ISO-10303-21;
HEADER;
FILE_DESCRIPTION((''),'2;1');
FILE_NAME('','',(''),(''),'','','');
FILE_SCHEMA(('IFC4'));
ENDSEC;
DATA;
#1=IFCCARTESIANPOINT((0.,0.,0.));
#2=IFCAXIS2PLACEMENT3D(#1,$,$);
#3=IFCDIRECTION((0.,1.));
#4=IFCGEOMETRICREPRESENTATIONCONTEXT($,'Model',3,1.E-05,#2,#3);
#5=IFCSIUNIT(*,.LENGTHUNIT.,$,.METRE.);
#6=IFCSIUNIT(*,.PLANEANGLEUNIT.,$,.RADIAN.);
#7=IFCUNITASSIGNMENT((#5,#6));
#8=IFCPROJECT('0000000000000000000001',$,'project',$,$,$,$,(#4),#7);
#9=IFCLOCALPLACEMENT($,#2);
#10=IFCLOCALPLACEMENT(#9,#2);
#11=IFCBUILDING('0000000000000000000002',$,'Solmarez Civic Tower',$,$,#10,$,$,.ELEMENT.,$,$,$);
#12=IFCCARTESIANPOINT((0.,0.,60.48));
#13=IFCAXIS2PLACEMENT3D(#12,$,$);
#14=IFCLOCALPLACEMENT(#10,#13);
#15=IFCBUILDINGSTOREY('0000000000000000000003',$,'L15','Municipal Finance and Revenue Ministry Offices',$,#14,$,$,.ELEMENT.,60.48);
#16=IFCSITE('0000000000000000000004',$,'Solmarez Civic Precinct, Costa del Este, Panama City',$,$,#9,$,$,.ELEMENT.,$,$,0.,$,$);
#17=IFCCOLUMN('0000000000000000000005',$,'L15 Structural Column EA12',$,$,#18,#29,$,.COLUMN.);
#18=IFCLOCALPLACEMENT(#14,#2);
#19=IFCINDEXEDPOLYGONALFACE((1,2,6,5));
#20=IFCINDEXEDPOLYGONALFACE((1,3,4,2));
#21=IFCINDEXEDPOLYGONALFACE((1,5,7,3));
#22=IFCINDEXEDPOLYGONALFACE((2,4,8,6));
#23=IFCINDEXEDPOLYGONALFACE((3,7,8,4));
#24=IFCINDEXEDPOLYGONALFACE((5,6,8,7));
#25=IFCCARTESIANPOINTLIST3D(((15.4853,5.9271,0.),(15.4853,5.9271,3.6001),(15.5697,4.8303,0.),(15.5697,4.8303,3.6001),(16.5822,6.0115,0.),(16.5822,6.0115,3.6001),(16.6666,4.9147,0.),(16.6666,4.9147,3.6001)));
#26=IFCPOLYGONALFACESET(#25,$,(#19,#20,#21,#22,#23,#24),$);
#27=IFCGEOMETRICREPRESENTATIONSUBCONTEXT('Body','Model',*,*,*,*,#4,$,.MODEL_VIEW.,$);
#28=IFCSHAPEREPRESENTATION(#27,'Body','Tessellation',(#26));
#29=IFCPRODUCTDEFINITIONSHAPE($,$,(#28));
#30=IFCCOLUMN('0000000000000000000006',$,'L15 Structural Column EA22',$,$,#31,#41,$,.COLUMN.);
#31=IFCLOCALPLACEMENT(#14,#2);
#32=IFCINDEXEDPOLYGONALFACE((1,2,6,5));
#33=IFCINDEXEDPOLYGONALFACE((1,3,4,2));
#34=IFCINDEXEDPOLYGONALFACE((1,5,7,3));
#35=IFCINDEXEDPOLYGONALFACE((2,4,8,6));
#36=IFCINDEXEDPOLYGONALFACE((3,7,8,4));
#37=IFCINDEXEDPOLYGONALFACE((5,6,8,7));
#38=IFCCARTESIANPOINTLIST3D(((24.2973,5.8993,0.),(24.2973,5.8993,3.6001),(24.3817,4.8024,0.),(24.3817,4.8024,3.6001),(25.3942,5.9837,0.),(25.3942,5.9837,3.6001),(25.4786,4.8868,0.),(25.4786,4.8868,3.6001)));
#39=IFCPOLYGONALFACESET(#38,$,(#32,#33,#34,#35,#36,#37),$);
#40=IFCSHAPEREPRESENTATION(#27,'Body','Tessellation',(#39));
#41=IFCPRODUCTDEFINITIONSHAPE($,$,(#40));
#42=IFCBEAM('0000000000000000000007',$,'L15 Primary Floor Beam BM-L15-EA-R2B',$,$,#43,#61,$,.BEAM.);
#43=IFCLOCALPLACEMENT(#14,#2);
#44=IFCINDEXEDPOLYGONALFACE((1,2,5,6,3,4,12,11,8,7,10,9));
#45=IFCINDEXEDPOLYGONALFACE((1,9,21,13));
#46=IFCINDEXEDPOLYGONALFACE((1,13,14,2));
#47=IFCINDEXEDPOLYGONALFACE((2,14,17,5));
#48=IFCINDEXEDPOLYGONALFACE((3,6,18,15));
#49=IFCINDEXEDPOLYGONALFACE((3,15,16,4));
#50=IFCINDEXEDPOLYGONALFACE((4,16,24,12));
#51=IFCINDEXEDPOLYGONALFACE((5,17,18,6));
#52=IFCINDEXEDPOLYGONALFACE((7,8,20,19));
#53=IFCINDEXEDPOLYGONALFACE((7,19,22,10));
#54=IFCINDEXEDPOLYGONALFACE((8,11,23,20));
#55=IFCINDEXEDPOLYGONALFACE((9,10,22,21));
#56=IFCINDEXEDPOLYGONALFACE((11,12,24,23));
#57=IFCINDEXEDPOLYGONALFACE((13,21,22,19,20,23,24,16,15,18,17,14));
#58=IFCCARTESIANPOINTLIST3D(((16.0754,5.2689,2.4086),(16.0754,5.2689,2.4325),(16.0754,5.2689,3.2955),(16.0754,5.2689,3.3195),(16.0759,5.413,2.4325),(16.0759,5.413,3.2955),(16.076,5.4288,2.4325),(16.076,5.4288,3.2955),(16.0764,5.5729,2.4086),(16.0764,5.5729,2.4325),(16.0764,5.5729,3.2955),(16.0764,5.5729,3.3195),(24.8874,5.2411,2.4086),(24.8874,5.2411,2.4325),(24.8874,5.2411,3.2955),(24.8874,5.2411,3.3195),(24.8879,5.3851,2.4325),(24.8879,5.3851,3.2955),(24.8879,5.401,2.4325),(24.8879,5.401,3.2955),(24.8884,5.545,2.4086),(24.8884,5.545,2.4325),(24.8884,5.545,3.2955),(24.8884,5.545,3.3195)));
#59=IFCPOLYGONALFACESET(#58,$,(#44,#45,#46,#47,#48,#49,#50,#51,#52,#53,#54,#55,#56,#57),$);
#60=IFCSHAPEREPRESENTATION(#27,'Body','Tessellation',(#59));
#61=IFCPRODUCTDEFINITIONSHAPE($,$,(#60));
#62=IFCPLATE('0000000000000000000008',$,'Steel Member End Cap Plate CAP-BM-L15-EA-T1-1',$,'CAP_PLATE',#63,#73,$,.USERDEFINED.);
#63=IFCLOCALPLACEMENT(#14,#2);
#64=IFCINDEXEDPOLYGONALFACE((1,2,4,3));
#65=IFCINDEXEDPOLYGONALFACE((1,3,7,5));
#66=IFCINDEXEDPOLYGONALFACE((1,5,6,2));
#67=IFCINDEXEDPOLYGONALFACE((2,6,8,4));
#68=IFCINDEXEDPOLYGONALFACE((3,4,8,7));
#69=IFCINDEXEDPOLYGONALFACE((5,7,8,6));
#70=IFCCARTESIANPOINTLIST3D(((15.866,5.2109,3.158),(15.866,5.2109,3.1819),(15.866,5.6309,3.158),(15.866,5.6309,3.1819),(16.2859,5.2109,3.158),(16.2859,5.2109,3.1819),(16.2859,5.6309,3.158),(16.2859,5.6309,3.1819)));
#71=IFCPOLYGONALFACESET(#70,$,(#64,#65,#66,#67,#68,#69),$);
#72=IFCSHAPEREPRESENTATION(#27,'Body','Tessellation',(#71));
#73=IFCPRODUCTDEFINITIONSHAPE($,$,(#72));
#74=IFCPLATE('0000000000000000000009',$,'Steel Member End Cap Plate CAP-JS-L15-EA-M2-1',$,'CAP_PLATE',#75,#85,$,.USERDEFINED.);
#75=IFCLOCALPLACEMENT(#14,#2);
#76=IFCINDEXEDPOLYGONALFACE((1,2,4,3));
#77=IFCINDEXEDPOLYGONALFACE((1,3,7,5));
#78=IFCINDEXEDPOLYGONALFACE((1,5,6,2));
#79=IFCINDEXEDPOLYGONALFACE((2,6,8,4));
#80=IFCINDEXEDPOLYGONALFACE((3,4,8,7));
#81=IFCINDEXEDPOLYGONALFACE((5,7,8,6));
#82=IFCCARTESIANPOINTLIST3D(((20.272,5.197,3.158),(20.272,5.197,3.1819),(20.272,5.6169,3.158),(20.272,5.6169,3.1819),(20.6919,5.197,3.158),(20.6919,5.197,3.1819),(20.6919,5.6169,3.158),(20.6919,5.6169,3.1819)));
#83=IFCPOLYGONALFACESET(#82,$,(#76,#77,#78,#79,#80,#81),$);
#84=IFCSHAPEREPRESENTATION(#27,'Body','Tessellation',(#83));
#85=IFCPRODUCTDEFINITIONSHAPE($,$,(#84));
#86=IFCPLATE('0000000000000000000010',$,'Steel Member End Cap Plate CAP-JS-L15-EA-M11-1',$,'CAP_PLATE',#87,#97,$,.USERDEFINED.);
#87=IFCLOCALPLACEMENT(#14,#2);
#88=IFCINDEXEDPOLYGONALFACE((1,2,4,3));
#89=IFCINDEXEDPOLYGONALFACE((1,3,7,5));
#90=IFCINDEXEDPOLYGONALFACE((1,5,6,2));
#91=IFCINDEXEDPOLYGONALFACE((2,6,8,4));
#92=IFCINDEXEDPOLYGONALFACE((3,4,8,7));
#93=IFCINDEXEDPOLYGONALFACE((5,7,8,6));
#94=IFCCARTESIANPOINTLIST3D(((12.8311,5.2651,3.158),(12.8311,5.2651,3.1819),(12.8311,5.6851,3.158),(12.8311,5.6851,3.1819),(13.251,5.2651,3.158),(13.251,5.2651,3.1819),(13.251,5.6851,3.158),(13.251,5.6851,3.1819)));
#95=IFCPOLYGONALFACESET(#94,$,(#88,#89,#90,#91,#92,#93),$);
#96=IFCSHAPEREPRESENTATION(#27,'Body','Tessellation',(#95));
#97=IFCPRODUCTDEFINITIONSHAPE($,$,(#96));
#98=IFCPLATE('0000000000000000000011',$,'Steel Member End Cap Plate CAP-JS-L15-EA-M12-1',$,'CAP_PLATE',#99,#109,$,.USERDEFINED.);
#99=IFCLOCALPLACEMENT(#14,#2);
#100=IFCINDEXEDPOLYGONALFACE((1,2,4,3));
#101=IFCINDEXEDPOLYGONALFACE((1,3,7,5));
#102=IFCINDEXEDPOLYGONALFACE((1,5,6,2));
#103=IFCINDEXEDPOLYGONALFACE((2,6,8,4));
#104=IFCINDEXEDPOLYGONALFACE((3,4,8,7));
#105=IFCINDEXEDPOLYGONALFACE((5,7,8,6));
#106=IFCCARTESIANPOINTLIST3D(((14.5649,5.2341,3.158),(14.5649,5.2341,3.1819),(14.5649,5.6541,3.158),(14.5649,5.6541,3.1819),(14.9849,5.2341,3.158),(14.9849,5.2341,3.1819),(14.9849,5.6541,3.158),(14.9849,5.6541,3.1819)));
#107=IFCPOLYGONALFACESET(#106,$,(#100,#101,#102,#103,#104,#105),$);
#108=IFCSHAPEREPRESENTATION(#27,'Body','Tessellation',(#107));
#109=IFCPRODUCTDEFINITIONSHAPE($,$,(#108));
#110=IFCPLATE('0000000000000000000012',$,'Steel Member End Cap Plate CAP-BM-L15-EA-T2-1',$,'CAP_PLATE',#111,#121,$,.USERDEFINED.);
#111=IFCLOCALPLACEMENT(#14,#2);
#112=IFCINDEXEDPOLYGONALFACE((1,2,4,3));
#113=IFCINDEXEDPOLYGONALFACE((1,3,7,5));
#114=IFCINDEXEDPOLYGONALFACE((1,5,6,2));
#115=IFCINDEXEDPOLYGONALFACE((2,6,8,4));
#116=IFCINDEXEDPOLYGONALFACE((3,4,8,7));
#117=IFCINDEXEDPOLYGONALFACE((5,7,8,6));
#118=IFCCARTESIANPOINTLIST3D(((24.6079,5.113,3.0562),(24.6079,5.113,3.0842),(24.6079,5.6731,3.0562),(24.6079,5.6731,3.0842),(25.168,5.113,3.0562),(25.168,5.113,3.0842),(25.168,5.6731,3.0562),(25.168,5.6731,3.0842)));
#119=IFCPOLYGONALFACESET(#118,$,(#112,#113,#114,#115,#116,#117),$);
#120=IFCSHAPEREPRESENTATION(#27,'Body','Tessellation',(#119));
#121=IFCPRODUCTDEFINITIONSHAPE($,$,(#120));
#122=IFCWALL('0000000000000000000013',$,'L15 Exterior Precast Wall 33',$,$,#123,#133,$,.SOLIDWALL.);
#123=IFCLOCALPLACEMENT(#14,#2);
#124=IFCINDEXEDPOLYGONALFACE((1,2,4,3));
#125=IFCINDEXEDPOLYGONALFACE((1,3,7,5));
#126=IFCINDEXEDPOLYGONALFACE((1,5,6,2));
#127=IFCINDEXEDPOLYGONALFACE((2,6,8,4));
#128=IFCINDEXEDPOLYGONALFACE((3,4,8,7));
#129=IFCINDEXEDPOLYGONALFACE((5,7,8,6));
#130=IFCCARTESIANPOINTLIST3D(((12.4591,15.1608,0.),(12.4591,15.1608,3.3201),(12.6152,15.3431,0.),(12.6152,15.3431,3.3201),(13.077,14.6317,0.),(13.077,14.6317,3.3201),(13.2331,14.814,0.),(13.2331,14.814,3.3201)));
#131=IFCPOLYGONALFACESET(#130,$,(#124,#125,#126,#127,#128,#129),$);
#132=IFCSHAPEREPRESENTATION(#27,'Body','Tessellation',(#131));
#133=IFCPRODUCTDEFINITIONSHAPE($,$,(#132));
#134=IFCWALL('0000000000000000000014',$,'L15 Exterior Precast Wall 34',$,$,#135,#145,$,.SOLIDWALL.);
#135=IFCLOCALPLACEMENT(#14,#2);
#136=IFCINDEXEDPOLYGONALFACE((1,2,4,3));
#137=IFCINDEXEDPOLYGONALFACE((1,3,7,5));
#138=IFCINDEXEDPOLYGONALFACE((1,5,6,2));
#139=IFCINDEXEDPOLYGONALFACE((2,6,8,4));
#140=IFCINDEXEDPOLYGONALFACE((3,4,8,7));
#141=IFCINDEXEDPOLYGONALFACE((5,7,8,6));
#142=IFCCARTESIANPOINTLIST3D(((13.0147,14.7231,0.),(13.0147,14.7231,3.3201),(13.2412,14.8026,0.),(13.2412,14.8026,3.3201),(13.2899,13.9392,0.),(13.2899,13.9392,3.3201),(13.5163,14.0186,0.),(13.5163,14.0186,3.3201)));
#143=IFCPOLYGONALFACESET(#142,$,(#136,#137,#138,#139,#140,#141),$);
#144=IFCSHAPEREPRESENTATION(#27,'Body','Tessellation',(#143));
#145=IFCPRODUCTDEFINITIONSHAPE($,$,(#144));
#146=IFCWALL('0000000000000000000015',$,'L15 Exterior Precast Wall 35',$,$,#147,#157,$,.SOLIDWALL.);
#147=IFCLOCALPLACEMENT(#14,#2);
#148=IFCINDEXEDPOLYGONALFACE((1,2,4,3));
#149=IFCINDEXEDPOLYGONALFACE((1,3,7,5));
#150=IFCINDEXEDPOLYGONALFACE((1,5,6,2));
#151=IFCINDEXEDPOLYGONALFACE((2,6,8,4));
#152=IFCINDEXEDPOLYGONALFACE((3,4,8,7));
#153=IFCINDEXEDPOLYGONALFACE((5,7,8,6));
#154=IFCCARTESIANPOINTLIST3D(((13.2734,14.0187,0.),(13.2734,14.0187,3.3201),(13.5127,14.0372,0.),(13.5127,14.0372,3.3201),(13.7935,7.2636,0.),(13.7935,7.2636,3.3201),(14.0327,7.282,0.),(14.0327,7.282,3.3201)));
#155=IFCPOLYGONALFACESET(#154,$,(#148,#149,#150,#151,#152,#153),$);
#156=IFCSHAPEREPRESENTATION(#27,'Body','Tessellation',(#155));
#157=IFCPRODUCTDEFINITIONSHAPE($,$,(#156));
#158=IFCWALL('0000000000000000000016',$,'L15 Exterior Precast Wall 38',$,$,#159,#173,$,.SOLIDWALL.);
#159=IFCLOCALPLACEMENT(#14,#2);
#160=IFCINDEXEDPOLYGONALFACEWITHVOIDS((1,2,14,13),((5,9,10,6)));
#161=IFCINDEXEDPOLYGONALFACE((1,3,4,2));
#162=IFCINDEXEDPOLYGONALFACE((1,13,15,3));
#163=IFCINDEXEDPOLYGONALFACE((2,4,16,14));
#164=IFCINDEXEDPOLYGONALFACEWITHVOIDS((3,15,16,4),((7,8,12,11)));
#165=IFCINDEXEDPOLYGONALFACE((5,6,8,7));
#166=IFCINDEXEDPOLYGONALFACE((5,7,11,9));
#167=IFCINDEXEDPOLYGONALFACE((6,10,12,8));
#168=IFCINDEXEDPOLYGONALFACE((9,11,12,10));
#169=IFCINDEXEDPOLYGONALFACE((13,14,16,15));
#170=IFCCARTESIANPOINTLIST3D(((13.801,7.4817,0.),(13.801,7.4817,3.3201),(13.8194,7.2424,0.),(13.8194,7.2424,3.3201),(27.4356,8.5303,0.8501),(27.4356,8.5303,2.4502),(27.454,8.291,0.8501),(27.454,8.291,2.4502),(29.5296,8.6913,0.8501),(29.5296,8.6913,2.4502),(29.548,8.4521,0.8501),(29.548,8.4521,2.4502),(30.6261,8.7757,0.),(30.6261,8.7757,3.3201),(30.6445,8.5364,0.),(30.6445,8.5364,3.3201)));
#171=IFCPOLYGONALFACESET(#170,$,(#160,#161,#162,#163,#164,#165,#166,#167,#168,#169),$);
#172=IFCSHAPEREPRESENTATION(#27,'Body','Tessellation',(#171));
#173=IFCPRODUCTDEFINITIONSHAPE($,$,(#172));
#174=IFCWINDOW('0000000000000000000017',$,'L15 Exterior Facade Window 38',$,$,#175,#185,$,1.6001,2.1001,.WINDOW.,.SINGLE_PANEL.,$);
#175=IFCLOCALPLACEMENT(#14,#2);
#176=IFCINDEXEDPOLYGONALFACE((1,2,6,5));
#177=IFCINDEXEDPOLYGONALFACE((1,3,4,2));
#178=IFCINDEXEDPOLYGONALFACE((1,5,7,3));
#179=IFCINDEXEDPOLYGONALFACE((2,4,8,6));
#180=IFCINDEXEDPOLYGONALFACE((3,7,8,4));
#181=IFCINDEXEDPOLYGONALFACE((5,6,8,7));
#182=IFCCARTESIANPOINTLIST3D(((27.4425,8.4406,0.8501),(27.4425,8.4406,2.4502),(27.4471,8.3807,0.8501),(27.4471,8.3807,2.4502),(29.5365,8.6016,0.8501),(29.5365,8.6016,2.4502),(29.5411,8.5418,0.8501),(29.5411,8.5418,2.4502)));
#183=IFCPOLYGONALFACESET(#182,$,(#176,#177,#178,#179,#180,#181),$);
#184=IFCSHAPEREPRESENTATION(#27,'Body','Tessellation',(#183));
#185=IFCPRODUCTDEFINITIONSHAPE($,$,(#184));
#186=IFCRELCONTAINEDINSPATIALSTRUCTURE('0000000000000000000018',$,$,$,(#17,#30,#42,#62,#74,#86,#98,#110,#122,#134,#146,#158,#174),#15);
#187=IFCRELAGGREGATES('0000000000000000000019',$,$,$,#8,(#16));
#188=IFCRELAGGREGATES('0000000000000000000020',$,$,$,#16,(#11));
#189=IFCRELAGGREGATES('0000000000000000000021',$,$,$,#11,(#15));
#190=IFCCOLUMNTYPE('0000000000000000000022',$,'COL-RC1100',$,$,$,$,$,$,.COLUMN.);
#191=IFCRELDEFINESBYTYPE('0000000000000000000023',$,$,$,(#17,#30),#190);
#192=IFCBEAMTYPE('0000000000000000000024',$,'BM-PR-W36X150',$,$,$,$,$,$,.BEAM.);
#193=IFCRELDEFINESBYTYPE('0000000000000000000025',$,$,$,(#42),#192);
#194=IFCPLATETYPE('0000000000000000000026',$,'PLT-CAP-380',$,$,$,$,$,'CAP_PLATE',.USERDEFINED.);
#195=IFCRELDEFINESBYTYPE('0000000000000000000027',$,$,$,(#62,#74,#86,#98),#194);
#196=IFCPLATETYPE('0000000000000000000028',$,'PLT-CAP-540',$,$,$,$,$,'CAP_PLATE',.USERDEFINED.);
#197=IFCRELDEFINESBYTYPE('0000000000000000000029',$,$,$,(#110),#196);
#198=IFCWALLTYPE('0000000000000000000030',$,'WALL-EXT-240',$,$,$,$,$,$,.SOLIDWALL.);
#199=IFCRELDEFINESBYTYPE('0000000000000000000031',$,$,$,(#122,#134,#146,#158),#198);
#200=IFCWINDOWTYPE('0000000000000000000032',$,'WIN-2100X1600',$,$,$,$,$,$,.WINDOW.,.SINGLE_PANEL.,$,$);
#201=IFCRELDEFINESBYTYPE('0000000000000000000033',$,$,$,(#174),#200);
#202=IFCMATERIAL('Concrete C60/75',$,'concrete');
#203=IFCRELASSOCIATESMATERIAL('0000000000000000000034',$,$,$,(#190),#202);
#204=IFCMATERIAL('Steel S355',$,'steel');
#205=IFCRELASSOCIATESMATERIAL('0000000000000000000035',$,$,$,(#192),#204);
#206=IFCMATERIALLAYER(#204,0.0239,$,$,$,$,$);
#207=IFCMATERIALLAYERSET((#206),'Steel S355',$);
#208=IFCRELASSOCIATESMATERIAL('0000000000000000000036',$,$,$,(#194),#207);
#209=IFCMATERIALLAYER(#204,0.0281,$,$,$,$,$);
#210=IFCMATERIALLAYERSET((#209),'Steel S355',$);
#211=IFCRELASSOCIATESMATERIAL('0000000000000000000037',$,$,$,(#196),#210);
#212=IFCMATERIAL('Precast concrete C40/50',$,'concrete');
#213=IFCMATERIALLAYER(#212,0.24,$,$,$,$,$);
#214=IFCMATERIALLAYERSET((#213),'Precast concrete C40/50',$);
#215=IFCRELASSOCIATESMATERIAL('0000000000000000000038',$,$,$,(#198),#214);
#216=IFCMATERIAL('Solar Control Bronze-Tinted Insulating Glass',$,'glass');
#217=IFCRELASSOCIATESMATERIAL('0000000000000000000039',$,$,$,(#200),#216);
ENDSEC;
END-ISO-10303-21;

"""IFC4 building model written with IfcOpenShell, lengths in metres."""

from ifc_helpers import new_model, si_unit, direction, frame, frame_2d, origin, origin_2d, place, context, subcontext, project, spatial, rectangle, i_section, extrude, material, layer, layer_set, material_profile, profile_set, type_object, element, fill, save


model = new_model("IFC4")

# Units and contexts
model_context = context("Model", 3, precision=1e-05, world=origin(), true_north=direction((0.0, 1.0)))
body_context = subcontext(model_context, "Body", "Model", "MODEL_VIEW")
ifc_project = project(units=[si_unit("LENGTHUNIT", "METRE"), si_unit("PLANEANGLEUNIT", "RADIAN")], contexts=[model_context])

# Site, building, storey
site_placement = place(None, origin())
site = spatial("IfcSite", under=ifc_project, at=site_placement, Name="Solmarez Civic Precinct, Costa del Este, Panama City", CompositionType="ELEMENT", RefElevation=0.0)
building_placement = place(site_placement, origin())
building = spatial("IfcBuilding", under=site, at=building_placement, Name="Solmarez Civic Tower", CompositionType="ELEMENT")
storey_placement = place(building_placement, frame((0.0, 0.0, 60.48)))
storey = spatial("IfcBuildingStorey", under=building, at=storey_placement, Name="L15", Description="Municipal Finance and Revenue Ministry Offices", CompositionType="ELEMENT", Elevation=60.48)

# Columns
ifc_material_1 = material(Name="Concrete C60/75", Category="concrete")
ifc_material_profile_1 = material_profile(ifc_material_1, rectangle(XDim=1.1001, YDim=1.1001, at=origin_2d()), Name="RC1100X1100")
ifc_profile_set_1 = profile_set([ifc_material_profile_1], Name="Concrete C60/75")
column_type = type_object("IfcColumnType", Name="COL-RC1100", PredefinedType="COLUMN", material=ifc_profile_set_1)
for number, where, z_axis, x_axis, name in (
    (1, (16.0759, 5.4209, 0.0), (0.0, 0.0, 1.0), (0.997053, 0.076719, 0.0), "L15 Structural Column EA12"),
    (2, (24.8879, 5.3931, 0.0), (0.0, 0.0, 1.0), (0.997053, 0.076719, 0.0), "L15 Structural Column EA22"),
):
    element("IfcColumn", number, at=place(storey_placement, frame(where, z_axis=z_axis, x_axis=x_axis)), inside=storey, type_object=column_type, Name=name, PredefinedType="COLUMN", context=body_context, shape_type="SweptSolid", body=[
        extrude(rectangle(XDim=1.1001, YDim=1.1001, at=origin_2d()), origin(), (0.0, 0.0, 1.0), 3.6001),
    ])

# Beam
ifc_material_2 = material(Name="Steel S355", Category="steel")
ifc_material_profile_2 = material_profile(ifc_material_2, i_section(OverallWidth=0.304, OverallDepth=0.9109, WebThickness=0.0159, FlangeThickness=0.0239, at=origin_2d()), Name="W36X150")
ifc_profile_set_2 = profile_set([ifc_material_profile_2], Name="Steel S355")
beam_type = type_object("IfcBeamType", Name="BM-PR-W36X150", PredefinedType="BEAM", material=ifc_profile_set_2)
beam_placement = place(storey_placement, frame((16.0759, 5.4209, 2.864), z_axis=(0.999995, -0.003158, 0.0), x_axis=(0.003158, 0.999995, 0.0)))
element("IfcBeam", 3, at=beam_placement, inside=storey, type_object=beam_type, Name="L15 Primary Floor Beam BM-L15-EA-R2B", PredefinedType="BEAM", context=body_context, shape_type="SweptSolid", body=[
    extrude(i_section(OverallWidth=0.304, OverallDepth=0.9109, WebThickness=0.0159, FlangeThickness=0.0239, at=origin_2d()), origin(), (0.0, 0.0, 1.0), 8.812),
])

# Plates
ifc_layer_1 = layer(ifc_material_2, 0.0239)
ifc_layer_set_1 = layer_set([ifc_layer_1], Name="Steel S355")
plate_type_1 = type_object("IfcPlateType", Name="PLT-CAP-380", ElementType="CAP_PLATE", PredefinedType="USERDEFINED", material=ifc_layer_set_1)
for number, where, z_axis, x_axis, name in (
    (4, (16.0759, 5.4209, 3.158), (0.0, 0.0, 1.0), (1.0, 0.0, 0.0), "Steel Member End Cap Plate CAP-BM-L15-EA-T1-1"),
    (5, (20.4819, 5.407, 3.158), (0.0, 0.0, 1.0), (1.0, 0.0, 0.0), "Steel Member End Cap Plate CAP-JS-L15-EA-M2-1"),
    (6, (13.041, 5.4751, 3.158), (0.0, 0.0, 1.0), (1.0, 0.0, 0.0), "Steel Member End Cap Plate CAP-JS-L15-EA-M11-1"),
    (7, (14.7749, 5.4441, 3.158), (0.0, 0.0, 1.0), (1.0, 0.0, 0.0), "Steel Member End Cap Plate CAP-JS-L15-EA-M12-1"),
):
    element("IfcPlate", number, at=place(storey_placement, frame(where, z_axis=z_axis, x_axis=x_axis)), inside=storey, type_object=plate_type_1, Name=name, ObjectType="CAP_PLATE", PredefinedType="USERDEFINED", context=body_context, shape_type="SweptSolid", body=[
        extrude(rectangle(XDim=0.4199, YDim=0.4199, at=origin_2d()), origin(), (0.0, 0.0, 1.0), 0.0239),
    ])
ifc_layer_2 = layer(ifc_material_2, 0.0281)
ifc_layer_set_2 = layer_set([ifc_layer_2], Name="Steel S355")
plate_type_2 = type_object("IfcPlateType", Name="PLT-CAP-540", ElementType="CAP_PLATE", PredefinedType="USERDEFINED", material=ifc_layer_set_2)
plate_placement = place(storey_placement, frame((24.8879, 5.3931, 3.0562), z_axis=(0.0, 0.0, 1.0), x_axis=(1.0, 0.0, 0.0)))
element("IfcPlate", 8, at=plate_placement, inside=storey, type_object=plate_type_2, Name="Steel Member End Cap Plate CAP-BM-L15-EA-T2-1", ObjectType="CAP_PLATE", PredefinedType="USERDEFINED", context=body_context, shape_type="SweptSolid", body=[
    extrude(rectangle(XDim=0.5601, YDim=0.5601, at=origin_2d()), origin(), (0.0, 0.0, 1.0), 0.0281),
])

# Walls
ifc_material_3 = material(Name="Precast concrete C40/50", Category="concrete")
ifc_layer_3 = layer(ifc_material_3, 0.24)
ifc_layer_set_3 = layer_set([ifc_layer_3], Name="Precast concrete C40/50")
wall_type_1 = type_object("IfcWallType", Name="WALL-EXT-240", PredefinedType="SOLIDWALL", material=ifc_layer_set_3)
wall_1_placement = place(storey_placement, frame((12.5371, 15.252, 0.0), z_axis=(0.0, 0.0, 1.0), x_axis=(0.759617, -0.650371, 0.0)))
element("IfcWall", 9, at=wall_1_placement, inside=storey, type_object=wall_type_1, Name="L15 Exterior Precast Wall 33", PredefinedType="SOLIDWALL", context=body_context, shape_type="SweptSolid", body=[
    extrude(rectangle(XDim=0.8135, YDim=0.24, at=frame_2d((0.4067, 0.0))), origin(), (0.0, 0.0, 1.0), 3.3201),
])
wall_2_placement = place(storey_placement, frame((13.1279, 14.7629, 0.0), z_axis=(0.0, 0.0, 1.0), x_axis=(0.331175, -0.943569, 0.0)))
element("IfcWall", 10, at=wall_2_placement, inside=storey, type_object=wall_type_1, Name="L15 Exterior Precast Wall 34", PredefinedType="SOLIDWALL", context=body_context, shape_type="SweptSolid", body=[
    extrude(rectangle(XDim=0.8308, YDim=0.24, at=frame_2d((0.4155, 0.0))), origin(), (0.0, 0.0, 1.0), 3.3201),
])
wall_3_placement = place(storey_placement, frame((13.3931, 14.0281, 0.0), z_axis=(0.0, 0.0, 1.0), x_axis=(0.076754, -0.99705, 0.0)))
element("IfcWall", 11, at=wall_3_placement, inside=storey, type_object=wall_type_1, Name="L15 Exterior Precast Wall 35", PredefinedType="SOLIDWALL", context=body_context, shape_type="SweptSolid", body=[
    extrude(rectangle(XDim=6.7751, YDim=0.24, at=frame_2d((3.3877, 0.0))), origin(), (0.0, 0.0, 1.0), 3.3201),
])

# Wall, opening, window
wall_4_placement = place(storey_placement, frame((13.8101, 7.3621, 0.0), z_axis=(0.0, 0.0, 1.0), x_axis=(0.997056, 0.07668, 0.0)))
wall_4 = element("IfcWall", 12, at=wall_4_placement, inside=storey, type_object=wall_type_1, Name="L15 Exterior Precast Wall 38", PredefinedType="SOLIDWALL", context=body_context, shape_type="SweptSolid", body=[
    extrude(rectangle(XDim=16.8748, YDim=0.24, at=frame_2d((8.4375, 0.0))), origin(), (0.0, 0.0, 1.0), 3.3201),
])
opening_1_placement = place(wall_4_placement, frame((13.675, 0.0, 0.8501)))
opening_1 = element("IfcOpeningElement", 13, at=opening_1_placement, cuts=wall_4, PredefinedType="OPENING", context=body_context, shape_type="SweptSolid", body=[
    extrude(rectangle(XDim=2.1001, YDim=1.6001, at=frame_2d((1.05, 0.8))), frame((0.0, 0.1299, 0.0), z_axis=(0.0, -1.0, 0.0), x_axis=(1.0, 0.0, 0.0)), (0.0, 0.0, 1.0), 0.26),
])
ifc_material_4 = material(Name="Solar Control Bronze-Tinted Insulating Glass", Category="glass")
window_type_1 = type_object("IfcWindowType", Name="WIN-2100X1600", PartitioningType="SINGLE_PANEL", PredefinedType="WINDOW", material=ifc_material_4)
window_1_placement = place(opening_1_placement, origin())
window_1 = element("IfcWindow", 14, at=window_1_placement, inside=storey, type_object=window_type_1, Name="L15 Exterior Facade Window 38", OverallHeight=1.6001, OverallWidth=2.1001, PartitioningType="SINGLE_PANEL", PredefinedType="WINDOW", context=body_context, shape_type="SweptSolid", body=[
    extrude(rectangle(XDim=2.1001, YDim=1.6001, at=frame_2d((1.05, 0.8))), frame((0.0, 0.03, 0.0), z_axis=(0.0, -1.0, 0.0), x_axis=(1.0, 0.0, 0.0)), (0.0, 0.0, 1.0), 0.0601),
])
fill(opening_1, window_1)

save(model, "model.ifc")
